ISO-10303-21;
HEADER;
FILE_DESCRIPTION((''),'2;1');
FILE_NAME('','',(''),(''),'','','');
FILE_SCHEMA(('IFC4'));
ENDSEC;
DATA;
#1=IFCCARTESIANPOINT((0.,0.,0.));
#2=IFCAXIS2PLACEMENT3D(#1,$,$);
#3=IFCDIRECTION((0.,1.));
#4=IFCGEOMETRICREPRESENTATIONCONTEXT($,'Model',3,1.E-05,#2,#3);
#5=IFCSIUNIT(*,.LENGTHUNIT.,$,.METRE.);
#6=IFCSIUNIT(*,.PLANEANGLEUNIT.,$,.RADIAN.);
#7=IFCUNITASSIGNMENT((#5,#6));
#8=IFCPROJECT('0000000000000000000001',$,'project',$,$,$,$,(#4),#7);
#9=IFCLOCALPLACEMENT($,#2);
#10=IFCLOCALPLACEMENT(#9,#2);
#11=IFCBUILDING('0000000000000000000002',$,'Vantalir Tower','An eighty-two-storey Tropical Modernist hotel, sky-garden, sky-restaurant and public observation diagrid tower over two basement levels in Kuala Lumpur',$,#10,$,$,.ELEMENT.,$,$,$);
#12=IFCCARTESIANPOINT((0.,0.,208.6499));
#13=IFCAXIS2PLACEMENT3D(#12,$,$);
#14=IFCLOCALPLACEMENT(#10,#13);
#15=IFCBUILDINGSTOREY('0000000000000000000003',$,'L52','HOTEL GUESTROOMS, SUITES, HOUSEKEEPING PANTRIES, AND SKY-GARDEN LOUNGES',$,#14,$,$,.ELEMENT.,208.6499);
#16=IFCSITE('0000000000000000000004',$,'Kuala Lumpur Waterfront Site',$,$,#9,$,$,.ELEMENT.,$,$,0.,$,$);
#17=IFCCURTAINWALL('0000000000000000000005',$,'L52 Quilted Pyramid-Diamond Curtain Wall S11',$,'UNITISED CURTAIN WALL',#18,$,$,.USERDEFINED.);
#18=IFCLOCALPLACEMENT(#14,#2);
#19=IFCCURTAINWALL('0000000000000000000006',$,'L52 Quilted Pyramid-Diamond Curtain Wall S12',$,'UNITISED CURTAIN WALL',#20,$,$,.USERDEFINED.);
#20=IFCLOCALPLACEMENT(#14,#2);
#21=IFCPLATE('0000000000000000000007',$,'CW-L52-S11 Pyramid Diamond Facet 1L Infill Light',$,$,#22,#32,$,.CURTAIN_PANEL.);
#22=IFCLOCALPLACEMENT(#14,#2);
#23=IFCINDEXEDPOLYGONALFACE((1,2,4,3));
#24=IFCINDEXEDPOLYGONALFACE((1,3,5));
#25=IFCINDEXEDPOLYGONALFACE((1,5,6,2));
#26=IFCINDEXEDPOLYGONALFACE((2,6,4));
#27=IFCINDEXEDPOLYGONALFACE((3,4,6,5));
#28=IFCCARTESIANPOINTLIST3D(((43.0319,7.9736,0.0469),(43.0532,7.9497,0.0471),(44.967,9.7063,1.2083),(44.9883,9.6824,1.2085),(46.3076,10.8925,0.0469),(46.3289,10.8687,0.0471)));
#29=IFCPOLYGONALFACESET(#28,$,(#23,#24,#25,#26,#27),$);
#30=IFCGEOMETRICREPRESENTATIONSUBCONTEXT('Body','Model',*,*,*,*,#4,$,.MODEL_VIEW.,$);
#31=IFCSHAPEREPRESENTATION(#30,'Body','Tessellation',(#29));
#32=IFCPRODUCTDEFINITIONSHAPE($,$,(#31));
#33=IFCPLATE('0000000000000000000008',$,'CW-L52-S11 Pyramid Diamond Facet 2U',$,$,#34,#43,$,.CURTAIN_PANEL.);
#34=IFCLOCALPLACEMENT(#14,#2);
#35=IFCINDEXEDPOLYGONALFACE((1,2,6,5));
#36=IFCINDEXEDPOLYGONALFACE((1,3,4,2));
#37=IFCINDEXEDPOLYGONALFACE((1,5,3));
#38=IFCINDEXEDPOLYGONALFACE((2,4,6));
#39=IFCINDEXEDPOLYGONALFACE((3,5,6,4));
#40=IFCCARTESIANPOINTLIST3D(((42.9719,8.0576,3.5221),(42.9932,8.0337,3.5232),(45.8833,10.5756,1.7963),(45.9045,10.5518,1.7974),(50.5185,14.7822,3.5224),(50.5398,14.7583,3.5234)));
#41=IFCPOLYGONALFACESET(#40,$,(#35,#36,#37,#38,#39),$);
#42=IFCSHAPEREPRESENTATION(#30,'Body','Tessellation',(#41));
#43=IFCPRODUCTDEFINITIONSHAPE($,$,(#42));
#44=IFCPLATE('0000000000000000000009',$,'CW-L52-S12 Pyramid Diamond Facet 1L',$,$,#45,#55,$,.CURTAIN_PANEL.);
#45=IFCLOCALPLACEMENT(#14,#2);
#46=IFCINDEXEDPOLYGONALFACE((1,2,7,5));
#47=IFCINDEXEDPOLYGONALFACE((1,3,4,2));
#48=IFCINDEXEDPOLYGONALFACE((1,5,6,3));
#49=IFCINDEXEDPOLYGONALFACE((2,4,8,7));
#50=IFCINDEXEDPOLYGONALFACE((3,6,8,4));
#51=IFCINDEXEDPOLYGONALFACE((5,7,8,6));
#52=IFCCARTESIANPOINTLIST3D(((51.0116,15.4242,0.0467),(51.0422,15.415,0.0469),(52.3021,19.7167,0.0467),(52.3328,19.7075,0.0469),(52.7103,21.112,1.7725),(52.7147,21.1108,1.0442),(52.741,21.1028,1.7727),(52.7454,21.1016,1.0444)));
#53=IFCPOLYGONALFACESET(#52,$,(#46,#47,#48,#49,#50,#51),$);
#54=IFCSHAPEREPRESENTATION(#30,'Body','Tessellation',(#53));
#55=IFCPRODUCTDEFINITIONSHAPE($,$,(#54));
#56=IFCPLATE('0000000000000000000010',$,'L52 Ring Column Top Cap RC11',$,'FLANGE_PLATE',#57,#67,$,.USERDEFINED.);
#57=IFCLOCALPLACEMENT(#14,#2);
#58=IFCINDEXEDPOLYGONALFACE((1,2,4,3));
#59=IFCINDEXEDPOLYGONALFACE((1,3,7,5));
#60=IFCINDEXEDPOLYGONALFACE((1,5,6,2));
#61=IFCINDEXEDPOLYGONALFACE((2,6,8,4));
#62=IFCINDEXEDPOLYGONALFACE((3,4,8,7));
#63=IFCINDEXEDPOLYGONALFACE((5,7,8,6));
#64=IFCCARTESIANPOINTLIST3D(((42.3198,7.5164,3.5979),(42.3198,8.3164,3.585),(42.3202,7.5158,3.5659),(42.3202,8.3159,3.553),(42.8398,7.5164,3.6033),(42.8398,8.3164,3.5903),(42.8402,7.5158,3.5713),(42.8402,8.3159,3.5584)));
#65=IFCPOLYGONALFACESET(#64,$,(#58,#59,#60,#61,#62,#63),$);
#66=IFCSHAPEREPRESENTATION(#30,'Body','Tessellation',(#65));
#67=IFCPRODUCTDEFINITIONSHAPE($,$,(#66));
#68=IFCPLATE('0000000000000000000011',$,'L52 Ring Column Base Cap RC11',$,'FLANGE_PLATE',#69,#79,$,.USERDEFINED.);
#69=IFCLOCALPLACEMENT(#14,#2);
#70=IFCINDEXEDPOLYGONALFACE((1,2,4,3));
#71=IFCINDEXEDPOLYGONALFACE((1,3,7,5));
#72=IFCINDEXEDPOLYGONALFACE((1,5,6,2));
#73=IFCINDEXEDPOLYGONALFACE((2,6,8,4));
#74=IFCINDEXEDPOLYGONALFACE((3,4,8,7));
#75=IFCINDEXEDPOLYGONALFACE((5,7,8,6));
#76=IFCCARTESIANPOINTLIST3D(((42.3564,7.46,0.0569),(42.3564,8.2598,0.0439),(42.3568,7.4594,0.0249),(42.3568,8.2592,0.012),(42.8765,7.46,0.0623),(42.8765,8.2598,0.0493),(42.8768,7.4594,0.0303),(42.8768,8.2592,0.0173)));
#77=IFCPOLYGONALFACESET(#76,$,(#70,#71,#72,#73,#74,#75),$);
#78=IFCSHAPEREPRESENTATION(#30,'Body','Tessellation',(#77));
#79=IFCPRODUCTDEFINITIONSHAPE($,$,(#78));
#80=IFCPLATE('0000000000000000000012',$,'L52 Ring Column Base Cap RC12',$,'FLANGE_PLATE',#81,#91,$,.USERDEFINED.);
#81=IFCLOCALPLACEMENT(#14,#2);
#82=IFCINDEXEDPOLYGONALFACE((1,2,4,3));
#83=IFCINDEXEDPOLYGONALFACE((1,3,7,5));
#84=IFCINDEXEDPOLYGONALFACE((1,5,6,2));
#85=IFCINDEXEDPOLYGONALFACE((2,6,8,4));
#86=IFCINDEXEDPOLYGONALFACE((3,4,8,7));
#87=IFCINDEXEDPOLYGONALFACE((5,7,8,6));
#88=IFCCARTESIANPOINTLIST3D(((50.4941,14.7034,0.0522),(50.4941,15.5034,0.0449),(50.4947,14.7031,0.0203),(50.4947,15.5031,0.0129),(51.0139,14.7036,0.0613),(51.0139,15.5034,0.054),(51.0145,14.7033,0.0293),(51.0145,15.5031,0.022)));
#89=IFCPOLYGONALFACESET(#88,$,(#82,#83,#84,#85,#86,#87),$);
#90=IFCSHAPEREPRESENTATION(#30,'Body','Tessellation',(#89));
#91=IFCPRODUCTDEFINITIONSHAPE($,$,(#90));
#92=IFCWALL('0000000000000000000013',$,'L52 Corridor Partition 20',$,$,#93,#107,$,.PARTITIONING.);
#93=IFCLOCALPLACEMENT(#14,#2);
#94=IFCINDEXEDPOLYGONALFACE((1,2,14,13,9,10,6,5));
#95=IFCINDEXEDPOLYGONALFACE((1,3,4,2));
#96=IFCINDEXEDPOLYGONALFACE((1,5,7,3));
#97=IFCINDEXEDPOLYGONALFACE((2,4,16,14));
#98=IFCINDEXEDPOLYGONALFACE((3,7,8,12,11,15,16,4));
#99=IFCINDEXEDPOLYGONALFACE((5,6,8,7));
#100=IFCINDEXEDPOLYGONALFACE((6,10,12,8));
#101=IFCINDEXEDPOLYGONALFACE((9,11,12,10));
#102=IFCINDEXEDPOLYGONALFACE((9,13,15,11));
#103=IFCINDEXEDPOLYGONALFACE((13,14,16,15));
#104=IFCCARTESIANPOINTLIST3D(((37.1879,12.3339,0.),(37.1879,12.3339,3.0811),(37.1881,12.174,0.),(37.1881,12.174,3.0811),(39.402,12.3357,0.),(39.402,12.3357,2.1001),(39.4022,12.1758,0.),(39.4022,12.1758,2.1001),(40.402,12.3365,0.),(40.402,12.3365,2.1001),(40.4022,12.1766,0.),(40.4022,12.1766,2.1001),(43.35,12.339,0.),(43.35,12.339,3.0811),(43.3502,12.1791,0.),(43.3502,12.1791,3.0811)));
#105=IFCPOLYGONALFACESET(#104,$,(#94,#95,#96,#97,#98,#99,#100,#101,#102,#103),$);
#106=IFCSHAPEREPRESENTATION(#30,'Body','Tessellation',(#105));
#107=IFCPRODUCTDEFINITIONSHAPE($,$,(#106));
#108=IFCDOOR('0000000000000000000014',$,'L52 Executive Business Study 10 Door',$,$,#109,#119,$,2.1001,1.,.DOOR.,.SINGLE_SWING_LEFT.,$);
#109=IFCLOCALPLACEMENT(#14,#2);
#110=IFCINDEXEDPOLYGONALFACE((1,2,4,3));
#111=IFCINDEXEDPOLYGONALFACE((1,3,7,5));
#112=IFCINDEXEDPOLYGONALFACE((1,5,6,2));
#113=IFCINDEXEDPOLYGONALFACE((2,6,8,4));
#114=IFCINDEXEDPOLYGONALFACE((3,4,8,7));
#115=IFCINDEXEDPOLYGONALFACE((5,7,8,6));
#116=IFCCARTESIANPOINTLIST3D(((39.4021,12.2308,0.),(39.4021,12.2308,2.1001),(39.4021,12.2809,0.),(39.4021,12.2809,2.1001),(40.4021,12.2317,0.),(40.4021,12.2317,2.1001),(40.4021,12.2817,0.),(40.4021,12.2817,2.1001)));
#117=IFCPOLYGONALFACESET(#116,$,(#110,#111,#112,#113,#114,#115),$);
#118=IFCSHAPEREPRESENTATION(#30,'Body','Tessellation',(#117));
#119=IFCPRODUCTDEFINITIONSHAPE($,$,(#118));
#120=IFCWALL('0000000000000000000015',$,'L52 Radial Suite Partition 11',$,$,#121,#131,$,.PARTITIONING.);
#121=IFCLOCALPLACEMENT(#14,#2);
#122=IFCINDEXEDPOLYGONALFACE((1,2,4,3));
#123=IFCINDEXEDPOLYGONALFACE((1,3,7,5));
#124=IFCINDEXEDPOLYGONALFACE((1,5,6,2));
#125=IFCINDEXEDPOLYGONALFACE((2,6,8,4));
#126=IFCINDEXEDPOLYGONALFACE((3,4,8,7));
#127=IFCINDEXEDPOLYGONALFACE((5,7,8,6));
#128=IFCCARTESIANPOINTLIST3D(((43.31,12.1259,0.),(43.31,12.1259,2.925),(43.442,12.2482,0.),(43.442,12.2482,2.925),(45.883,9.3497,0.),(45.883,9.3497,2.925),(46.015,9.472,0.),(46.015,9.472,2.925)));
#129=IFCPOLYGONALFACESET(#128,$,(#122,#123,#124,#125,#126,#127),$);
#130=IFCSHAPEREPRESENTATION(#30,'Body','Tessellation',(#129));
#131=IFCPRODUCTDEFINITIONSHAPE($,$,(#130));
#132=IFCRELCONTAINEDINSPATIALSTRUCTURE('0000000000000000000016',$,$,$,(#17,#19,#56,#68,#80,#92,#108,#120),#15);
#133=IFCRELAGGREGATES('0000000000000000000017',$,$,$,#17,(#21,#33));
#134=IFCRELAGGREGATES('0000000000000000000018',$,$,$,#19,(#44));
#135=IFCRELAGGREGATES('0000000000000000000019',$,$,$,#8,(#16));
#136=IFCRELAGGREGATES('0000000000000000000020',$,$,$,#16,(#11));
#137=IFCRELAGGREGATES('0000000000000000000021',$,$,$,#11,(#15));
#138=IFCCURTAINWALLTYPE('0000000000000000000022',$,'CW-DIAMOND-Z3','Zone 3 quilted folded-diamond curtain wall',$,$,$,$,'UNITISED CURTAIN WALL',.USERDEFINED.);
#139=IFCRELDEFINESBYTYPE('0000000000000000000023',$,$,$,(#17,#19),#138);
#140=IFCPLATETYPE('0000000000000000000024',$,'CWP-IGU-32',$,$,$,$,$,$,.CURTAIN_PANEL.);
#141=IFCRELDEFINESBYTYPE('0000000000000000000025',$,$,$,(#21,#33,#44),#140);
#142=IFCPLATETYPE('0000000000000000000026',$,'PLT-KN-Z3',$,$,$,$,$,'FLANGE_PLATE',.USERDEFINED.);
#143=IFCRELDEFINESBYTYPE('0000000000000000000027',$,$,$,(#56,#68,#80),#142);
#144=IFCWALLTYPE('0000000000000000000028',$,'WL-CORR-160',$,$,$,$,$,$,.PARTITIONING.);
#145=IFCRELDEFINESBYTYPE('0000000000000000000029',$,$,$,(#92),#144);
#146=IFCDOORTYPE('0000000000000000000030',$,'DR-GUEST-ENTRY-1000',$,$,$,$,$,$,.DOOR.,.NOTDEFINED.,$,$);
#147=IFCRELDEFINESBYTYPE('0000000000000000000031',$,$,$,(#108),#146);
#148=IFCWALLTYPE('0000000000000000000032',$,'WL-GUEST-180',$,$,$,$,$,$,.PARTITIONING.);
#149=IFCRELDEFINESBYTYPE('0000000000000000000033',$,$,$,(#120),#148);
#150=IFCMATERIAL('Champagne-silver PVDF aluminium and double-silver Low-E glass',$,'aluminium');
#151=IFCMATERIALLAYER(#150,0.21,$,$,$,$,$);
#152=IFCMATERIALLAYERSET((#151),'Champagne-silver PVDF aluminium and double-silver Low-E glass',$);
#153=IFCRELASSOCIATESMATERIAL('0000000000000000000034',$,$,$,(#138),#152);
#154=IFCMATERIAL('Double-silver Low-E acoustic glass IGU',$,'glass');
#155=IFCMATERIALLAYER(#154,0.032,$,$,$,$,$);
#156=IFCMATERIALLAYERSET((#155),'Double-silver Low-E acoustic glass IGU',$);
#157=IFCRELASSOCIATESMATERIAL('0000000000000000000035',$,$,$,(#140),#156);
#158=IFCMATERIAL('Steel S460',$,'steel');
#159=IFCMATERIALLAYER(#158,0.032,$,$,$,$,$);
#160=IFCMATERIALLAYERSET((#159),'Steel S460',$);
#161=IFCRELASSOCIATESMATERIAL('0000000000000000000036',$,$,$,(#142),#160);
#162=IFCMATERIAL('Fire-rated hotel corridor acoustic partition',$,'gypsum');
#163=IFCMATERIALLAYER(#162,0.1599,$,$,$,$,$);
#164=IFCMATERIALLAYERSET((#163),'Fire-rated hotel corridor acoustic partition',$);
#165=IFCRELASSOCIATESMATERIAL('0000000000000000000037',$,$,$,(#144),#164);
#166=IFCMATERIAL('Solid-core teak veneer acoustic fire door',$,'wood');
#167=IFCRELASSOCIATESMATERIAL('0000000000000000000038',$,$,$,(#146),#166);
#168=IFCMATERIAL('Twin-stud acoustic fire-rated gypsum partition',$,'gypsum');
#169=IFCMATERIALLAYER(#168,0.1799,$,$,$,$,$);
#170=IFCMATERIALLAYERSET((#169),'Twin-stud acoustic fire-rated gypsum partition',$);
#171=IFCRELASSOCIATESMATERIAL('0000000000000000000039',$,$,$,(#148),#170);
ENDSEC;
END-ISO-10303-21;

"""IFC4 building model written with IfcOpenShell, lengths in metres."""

from ifc_helpers import new_model, si_unit, direction, frame, frame_2d, origin, place, context, subcontext, project, spatial, polyline, rectangle, outline, extrude, material, layer, layer_set, type_object, element, fill, aggregate, save


model = new_model("IFC4")

# Units and contexts
model_context = context("Model", 3, precision=1e-05, world=origin(), true_north=direction((0.0, 1.0)))
body_context = subcontext(model_context, "Body", "Model", "MODEL_VIEW")
ifc_project = project(units=[si_unit("LENGTHUNIT", "METRE"), si_unit("PLANEANGLEUNIT", "RADIAN")], contexts=[model_context])

# Site, building, storey
site_placement = place(None, origin())
site = spatial("IfcSite", under=ifc_project, at=site_placement, Name="Kuala Lumpur Waterfront Site", CompositionType="ELEMENT", RefElevation=0.0)
building_placement = place(site_placement, origin())
building = spatial("IfcBuilding", under=site, at=building_placement, Name="Vantalir Tower", Description="An eighty-two-storey Tropical Modernist hotel, sky-garden, sky-restaurant and public observation diagrid tower over two basement levels in Kuala Lumpur", CompositionType="ELEMENT")
storey_placement = place(building_placement, frame((0.0, 0.0, 208.6499)))
storey = spatial("IfcBuildingStorey", under=building, at=storey_placement, Name="L52", Description="HOTEL GUESTROOMS, SUITES, HOUSEKEEPING PANTRIES, AND SKY-GARDEN LOUNGES", CompositionType="ELEMENT", Elevation=208.6499)

# Shared definitions
ifc_material_1 = material(Name="Steel S460", Category="steel")

# Shared definitions
ifc_material_2 = material(Name="Champagne-silver PVDF aluminium and double-silver Low-E glass", Category="aluminium")
ifc_layer_1 = layer(ifc_material_2, 0.21)
ifc_layer_set_1 = layer_set([ifc_layer_1], Name="Champagne-silver PVDF aluminium and double-silver Low-E glass")
curtain_wall_type = type_object("IfcCurtainWallType", Name="CW-DIAMOND-Z3", Description="Zone 3 quilted folded-diamond curtain wall", ElementType="UNITISED CURTAIN WALL", PredefinedType="USERDEFINED", material=ifc_layer_set_1)

# Curtain wall
curtain_wall_1_placement = place(storey_placement, origin())
curtain_wall_1 = element("IfcCurtainWall", 1, at=curtain_wall_1_placement, inside=storey, type_object=curtain_wall_type, Name="L52 Quilted Pyramid-Diamond Curtain Wall S11", ObjectType="UNITISED CURTAIN WALL", PredefinedType="USERDEFINED")

# Curtain wall
curtain_wall_2_placement = place(storey_placement, origin())
curtain_wall_2 = element("IfcCurtainWall", 2, at=curtain_wall_2_placement, inside=storey, type_object=curtain_wall_type, Name="L52 Quilted Pyramid-Diamond Curtain Wall S12", ObjectType="UNITISED CURTAIN WALL", PredefinedType="USERDEFINED")

# Plates
ifc_material_3 = material(Name="Double-silver Low-E acoustic glass IGU", Category="glass")
ifc_layer_2 = layer(ifc_material_3, 0.032)
ifc_layer_set_2 = layer_set([ifc_layer_2], Name="Double-silver Low-E acoustic glass IGU")
plate_type_1 = type_object("IfcPlateType", Name="CWP-IGU-32", PredefinedType="CURTAIN_PANEL", material=ifc_layer_set_2)
plate_1_placement = place(storey_placement, frame((43.0532, 7.9497, 0.0471), z_axis=(0.665279, -0.746575, 0.005348), x_axis=(0.746586, 0.665289, 0.0)))
plate_1 = element("IfcPlate", 3, at=plate_1_placement, type_object=plate_type_1, Name="CW-L52-S11 Pyramid Diamond Facet 1L Infill Light", PredefinedType="CURTAIN_PANEL", context=body_context, shape_type="SweptSolid", body=[
    extrude(outline(polyline([(0.0, 0.0), (4.3875, 0.0), (2.5974, 1.1614), (0.0, 0.0)])), origin(), (0.0, 0.0, -1.0), 0.032),
])
plate_2_placement = place(storey_placement, frame((50.5398, 14.7583, 3.5234), z_axis=(0.664913, -0.746194, 0.032939), x_axis=(-0.746599, -0.665275, -0.000024)))
plate_2 = element("IfcPlate", 4, at=plate_2_placement, type_object=plate_type_1, Name="CW-L52-S11 Pyramid Diamond Facet 2U", PredefinedType="CURTAIN_PANEL", context=body_context, shape_type="SweptSolid", body=[
    extrude(outline(polyline([(0.0, 0.0), (10.108, 0.0), (6.2592, 1.7269), (0.0, 0.0)])), origin(), (0.0, 0.0, -1.0), 0.032),
])
aggregate(curtain_wall_1, [plate_1, plate_2])
plate_3_placement = place(storey_placement, frame((51.0422, 15.415, 0.0469), z_axis=(0.957636, -0.287912, 0.00626), x_axis=(0.287918, 0.957655, 0.0)))
plate_3 = element("IfcPlate", 5, at=plate_3_placement, type_object=plate_type_1, Name="CW-L52-S12 Pyramid Diamond Facet 1L", PredefinedType="CURTAIN_PANEL", context=body_context, shape_type="SweptSolid", body=[
    extrude(outline(polyline([(0.0, 0.0), (4.4823, 0.0), (5.9361, 0.9976), (5.936, 1.7259), (0.0, 0.0)])), origin(), (0.0, 0.0, -1.0), 0.032),
])
aggregate(curtain_wall_2, [plate_3])

# Plates
ifc_layer_3 = layer(ifc_material_1, 0.032)
ifc_layer_set_3 = layer_set([ifc_layer_3], Name="Steel S460")
plate_type_2 = type_object("IfcPlateType", Name="PLT-KN-Z3", ElementType="FLANGE_PLATE", PredefinedType="USERDEFINED", material=ifc_layer_set_3)
plate_4_placement = place(storey_placement, frame((42.3198, 8.3164, 3.585), z_axis=(-0.010327, 0.01617, 0.999816), x_axis=(0.0, -0.999869, 0.016171)))
element("IfcPlate", 6, at=plate_4_placement, inside=storey, type_object=plate_type_2, Name="L52 Ring Column Top Cap RC11", ObjectType="FLANGE_PLATE", PredefinedType="USERDEFINED", context=body_context, shape_type="SweptSolid", body=[
    extrude(outline(polyline([(0.0, 0.0), (0.8002, 0.0), (0.8002, 0.52), (0.0001, 0.52), (0.0, 0.0)])), origin(), (0.0, 0.0, -1.0), 0.032),
])
plate_5_placement = place(storey_placement, frame((42.3564, 8.2598, 0.0439), z_axis=(-0.010327, 0.016175, 0.999816), x_axis=(0.0, -0.999869, 0.016176)))
element("IfcPlate", 7, at=plate_5_placement, inside=storey, type_object=plate_type_2, Name="L52 Ring Column Base Cap RC11", ObjectType="FLANGE_PLATE", PredefinedType="USERDEFINED", context=body_context, shape_type="SweptSolid", body=[
    extrude(outline(polyline([(0.0, 0.0), (0.7999, 0.0), (0.8, 0.52), (0.0001, 0.52), (0.0, 0.0)])), origin(), (0.0, 0.0, -1.0), 0.032),
])
plate_6_placement = place(storey_placement, frame((50.4941, 15.5034, 0.0449), z_axis=(-0.017378, 0.009154, 0.999807), x_axis=(0.0, -0.999958, 0.009156)))
element("IfcPlate", 8, at=plate_6_placement, inside=storey, type_object=plate_type_2, Name="L52 Ring Column Base Cap RC12", ObjectType="FLANGE_PLATE", PredefinedType="USERDEFINED", context=body_context, shape_type="SweptSolid", body=[
    extrude(outline(polyline([(0.0, 0.0), (0.8001, 0.0), (0.7999, 0.5199), (0.0001, 0.5199), (0.0, 0.0)])), origin(), (0.0, 0.0, -1.0), 0.032),
])

# Wall, opening, door
ifc_material_4 = material(Name="Fire-rated hotel corridor acoustic partition", Category="gypsum")
ifc_layer_4 = layer(ifc_material_4, 0.1599)
ifc_layer_set_4 = layer_set([ifc_layer_4], Name="Fire-rated hotel corridor acoustic partition")
wall_type_1 = type_object("IfcWallType", Name="WL-CORR-160", PredefinedType="PARTITIONING", material=ifc_layer_set_4)
wall_1_placement = place(storey_placement, frame((43.3501, 12.259, 0.0), z_axis=(0.0, 0.0, 1.0), x_axis=(-1.0, -0.000832, 0.0)))
wall_1 = element("IfcWall", 9, at=wall_1_placement, inside=storey, type_object=wall_type_1, Name="L52 Corridor Partition 20", PredefinedType="PARTITIONING", context=body_context, shape_type="SweptSolid", body=[
    extrude(rectangle(XDim=6.1621, YDim=0.1599, at=frame_2d((3.0811, 0.0))), origin(), (0.0, 0.0, 1.0), 3.0811),
])
opening_placement = place(wall_1_placement, frame((2.948, 0.0, 0.0)))
opening = element("IfcOpeningElement", 10, at=opening_placement, cuts=wall_1, PredefinedType="OPENING", context=body_context, shape_type="SweptSolid", body=[
    extrude(rectangle(XDim=1.0, YDim=2.1001, at=frame_2d((0.5, 1.05))), frame((0.0, 0.0898, 0.0), z_axis=(0.0, -1.0, 0.0), x_axis=(1.0, 0.0, 0.0)), (0.0, 0.0, 1.0), 0.1799),
])
ifc_material_5 = material(Name="Solid-core teak veneer acoustic fire door", Category="wood")
door_type = type_object("IfcDoorType", Name="DR-GUEST-ENTRY-1000", OperationType="NOTDEFINED", PredefinedType="DOOR", material=ifc_material_5)
door_placement = place(opening_placement, origin())
door = element("IfcDoor", 11, at=door_placement, inside=storey, type_object=door_type, Name="L52 Executive Business Study 10 Door", OperationType="SINGLE_SWING_LEFT", OverallHeight=2.1001, OverallWidth=1.0, PredefinedType="DOOR", context=body_context, shape_type="SweptSolid", body=[
    extrude(rectangle(XDim=1.0, YDim=2.1001, at=frame_2d((0.5, 1.05))), frame((0.0, 0.0249, 0.0), z_axis=(0.0, -1.0, 0.0), x_axis=(1.0, 0.0, 0.0)), (0.0, 0.0, 1.0), 0.05),
])
fill(opening, door)

# Wall
ifc_material_6 = material(Name="Twin-stud acoustic fire-rated gypsum partition", Category="gypsum")
ifc_layer_5 = layer(ifc_material_6, 0.1799)
ifc_layer_set_5 = layer_set([ifc_layer_5], Name="Twin-stud acoustic fire-rated gypsum partition")
wall_type_2 = type_object("IfcWallType", Name="WL-GUEST-180", PredefinedType="PARTITIONING", material=ifc_layer_set_5)
wall_2_placement = place(storey_placement, frame((43.376, 12.187, 0.0), z_axis=(0.0, 0.0, 1.0), x_axis=(0.679766, -0.73343, 0.0)))
element("IfcWall", 12, at=wall_2_placement, inside=storey, type_object=wall_type_2, Name="L52 Radial Suite Partition 11", PredefinedType="PARTITIONING", context=body_context, shape_type="SweptSolid", body=[
    extrude(rectangle(XDim=3.7852, YDim=0.1799, at=frame_2d((1.8926, 0.0))), origin(), (0.0, 0.0, 1.0), 2.925),
])

save(model, "model.ifc")
